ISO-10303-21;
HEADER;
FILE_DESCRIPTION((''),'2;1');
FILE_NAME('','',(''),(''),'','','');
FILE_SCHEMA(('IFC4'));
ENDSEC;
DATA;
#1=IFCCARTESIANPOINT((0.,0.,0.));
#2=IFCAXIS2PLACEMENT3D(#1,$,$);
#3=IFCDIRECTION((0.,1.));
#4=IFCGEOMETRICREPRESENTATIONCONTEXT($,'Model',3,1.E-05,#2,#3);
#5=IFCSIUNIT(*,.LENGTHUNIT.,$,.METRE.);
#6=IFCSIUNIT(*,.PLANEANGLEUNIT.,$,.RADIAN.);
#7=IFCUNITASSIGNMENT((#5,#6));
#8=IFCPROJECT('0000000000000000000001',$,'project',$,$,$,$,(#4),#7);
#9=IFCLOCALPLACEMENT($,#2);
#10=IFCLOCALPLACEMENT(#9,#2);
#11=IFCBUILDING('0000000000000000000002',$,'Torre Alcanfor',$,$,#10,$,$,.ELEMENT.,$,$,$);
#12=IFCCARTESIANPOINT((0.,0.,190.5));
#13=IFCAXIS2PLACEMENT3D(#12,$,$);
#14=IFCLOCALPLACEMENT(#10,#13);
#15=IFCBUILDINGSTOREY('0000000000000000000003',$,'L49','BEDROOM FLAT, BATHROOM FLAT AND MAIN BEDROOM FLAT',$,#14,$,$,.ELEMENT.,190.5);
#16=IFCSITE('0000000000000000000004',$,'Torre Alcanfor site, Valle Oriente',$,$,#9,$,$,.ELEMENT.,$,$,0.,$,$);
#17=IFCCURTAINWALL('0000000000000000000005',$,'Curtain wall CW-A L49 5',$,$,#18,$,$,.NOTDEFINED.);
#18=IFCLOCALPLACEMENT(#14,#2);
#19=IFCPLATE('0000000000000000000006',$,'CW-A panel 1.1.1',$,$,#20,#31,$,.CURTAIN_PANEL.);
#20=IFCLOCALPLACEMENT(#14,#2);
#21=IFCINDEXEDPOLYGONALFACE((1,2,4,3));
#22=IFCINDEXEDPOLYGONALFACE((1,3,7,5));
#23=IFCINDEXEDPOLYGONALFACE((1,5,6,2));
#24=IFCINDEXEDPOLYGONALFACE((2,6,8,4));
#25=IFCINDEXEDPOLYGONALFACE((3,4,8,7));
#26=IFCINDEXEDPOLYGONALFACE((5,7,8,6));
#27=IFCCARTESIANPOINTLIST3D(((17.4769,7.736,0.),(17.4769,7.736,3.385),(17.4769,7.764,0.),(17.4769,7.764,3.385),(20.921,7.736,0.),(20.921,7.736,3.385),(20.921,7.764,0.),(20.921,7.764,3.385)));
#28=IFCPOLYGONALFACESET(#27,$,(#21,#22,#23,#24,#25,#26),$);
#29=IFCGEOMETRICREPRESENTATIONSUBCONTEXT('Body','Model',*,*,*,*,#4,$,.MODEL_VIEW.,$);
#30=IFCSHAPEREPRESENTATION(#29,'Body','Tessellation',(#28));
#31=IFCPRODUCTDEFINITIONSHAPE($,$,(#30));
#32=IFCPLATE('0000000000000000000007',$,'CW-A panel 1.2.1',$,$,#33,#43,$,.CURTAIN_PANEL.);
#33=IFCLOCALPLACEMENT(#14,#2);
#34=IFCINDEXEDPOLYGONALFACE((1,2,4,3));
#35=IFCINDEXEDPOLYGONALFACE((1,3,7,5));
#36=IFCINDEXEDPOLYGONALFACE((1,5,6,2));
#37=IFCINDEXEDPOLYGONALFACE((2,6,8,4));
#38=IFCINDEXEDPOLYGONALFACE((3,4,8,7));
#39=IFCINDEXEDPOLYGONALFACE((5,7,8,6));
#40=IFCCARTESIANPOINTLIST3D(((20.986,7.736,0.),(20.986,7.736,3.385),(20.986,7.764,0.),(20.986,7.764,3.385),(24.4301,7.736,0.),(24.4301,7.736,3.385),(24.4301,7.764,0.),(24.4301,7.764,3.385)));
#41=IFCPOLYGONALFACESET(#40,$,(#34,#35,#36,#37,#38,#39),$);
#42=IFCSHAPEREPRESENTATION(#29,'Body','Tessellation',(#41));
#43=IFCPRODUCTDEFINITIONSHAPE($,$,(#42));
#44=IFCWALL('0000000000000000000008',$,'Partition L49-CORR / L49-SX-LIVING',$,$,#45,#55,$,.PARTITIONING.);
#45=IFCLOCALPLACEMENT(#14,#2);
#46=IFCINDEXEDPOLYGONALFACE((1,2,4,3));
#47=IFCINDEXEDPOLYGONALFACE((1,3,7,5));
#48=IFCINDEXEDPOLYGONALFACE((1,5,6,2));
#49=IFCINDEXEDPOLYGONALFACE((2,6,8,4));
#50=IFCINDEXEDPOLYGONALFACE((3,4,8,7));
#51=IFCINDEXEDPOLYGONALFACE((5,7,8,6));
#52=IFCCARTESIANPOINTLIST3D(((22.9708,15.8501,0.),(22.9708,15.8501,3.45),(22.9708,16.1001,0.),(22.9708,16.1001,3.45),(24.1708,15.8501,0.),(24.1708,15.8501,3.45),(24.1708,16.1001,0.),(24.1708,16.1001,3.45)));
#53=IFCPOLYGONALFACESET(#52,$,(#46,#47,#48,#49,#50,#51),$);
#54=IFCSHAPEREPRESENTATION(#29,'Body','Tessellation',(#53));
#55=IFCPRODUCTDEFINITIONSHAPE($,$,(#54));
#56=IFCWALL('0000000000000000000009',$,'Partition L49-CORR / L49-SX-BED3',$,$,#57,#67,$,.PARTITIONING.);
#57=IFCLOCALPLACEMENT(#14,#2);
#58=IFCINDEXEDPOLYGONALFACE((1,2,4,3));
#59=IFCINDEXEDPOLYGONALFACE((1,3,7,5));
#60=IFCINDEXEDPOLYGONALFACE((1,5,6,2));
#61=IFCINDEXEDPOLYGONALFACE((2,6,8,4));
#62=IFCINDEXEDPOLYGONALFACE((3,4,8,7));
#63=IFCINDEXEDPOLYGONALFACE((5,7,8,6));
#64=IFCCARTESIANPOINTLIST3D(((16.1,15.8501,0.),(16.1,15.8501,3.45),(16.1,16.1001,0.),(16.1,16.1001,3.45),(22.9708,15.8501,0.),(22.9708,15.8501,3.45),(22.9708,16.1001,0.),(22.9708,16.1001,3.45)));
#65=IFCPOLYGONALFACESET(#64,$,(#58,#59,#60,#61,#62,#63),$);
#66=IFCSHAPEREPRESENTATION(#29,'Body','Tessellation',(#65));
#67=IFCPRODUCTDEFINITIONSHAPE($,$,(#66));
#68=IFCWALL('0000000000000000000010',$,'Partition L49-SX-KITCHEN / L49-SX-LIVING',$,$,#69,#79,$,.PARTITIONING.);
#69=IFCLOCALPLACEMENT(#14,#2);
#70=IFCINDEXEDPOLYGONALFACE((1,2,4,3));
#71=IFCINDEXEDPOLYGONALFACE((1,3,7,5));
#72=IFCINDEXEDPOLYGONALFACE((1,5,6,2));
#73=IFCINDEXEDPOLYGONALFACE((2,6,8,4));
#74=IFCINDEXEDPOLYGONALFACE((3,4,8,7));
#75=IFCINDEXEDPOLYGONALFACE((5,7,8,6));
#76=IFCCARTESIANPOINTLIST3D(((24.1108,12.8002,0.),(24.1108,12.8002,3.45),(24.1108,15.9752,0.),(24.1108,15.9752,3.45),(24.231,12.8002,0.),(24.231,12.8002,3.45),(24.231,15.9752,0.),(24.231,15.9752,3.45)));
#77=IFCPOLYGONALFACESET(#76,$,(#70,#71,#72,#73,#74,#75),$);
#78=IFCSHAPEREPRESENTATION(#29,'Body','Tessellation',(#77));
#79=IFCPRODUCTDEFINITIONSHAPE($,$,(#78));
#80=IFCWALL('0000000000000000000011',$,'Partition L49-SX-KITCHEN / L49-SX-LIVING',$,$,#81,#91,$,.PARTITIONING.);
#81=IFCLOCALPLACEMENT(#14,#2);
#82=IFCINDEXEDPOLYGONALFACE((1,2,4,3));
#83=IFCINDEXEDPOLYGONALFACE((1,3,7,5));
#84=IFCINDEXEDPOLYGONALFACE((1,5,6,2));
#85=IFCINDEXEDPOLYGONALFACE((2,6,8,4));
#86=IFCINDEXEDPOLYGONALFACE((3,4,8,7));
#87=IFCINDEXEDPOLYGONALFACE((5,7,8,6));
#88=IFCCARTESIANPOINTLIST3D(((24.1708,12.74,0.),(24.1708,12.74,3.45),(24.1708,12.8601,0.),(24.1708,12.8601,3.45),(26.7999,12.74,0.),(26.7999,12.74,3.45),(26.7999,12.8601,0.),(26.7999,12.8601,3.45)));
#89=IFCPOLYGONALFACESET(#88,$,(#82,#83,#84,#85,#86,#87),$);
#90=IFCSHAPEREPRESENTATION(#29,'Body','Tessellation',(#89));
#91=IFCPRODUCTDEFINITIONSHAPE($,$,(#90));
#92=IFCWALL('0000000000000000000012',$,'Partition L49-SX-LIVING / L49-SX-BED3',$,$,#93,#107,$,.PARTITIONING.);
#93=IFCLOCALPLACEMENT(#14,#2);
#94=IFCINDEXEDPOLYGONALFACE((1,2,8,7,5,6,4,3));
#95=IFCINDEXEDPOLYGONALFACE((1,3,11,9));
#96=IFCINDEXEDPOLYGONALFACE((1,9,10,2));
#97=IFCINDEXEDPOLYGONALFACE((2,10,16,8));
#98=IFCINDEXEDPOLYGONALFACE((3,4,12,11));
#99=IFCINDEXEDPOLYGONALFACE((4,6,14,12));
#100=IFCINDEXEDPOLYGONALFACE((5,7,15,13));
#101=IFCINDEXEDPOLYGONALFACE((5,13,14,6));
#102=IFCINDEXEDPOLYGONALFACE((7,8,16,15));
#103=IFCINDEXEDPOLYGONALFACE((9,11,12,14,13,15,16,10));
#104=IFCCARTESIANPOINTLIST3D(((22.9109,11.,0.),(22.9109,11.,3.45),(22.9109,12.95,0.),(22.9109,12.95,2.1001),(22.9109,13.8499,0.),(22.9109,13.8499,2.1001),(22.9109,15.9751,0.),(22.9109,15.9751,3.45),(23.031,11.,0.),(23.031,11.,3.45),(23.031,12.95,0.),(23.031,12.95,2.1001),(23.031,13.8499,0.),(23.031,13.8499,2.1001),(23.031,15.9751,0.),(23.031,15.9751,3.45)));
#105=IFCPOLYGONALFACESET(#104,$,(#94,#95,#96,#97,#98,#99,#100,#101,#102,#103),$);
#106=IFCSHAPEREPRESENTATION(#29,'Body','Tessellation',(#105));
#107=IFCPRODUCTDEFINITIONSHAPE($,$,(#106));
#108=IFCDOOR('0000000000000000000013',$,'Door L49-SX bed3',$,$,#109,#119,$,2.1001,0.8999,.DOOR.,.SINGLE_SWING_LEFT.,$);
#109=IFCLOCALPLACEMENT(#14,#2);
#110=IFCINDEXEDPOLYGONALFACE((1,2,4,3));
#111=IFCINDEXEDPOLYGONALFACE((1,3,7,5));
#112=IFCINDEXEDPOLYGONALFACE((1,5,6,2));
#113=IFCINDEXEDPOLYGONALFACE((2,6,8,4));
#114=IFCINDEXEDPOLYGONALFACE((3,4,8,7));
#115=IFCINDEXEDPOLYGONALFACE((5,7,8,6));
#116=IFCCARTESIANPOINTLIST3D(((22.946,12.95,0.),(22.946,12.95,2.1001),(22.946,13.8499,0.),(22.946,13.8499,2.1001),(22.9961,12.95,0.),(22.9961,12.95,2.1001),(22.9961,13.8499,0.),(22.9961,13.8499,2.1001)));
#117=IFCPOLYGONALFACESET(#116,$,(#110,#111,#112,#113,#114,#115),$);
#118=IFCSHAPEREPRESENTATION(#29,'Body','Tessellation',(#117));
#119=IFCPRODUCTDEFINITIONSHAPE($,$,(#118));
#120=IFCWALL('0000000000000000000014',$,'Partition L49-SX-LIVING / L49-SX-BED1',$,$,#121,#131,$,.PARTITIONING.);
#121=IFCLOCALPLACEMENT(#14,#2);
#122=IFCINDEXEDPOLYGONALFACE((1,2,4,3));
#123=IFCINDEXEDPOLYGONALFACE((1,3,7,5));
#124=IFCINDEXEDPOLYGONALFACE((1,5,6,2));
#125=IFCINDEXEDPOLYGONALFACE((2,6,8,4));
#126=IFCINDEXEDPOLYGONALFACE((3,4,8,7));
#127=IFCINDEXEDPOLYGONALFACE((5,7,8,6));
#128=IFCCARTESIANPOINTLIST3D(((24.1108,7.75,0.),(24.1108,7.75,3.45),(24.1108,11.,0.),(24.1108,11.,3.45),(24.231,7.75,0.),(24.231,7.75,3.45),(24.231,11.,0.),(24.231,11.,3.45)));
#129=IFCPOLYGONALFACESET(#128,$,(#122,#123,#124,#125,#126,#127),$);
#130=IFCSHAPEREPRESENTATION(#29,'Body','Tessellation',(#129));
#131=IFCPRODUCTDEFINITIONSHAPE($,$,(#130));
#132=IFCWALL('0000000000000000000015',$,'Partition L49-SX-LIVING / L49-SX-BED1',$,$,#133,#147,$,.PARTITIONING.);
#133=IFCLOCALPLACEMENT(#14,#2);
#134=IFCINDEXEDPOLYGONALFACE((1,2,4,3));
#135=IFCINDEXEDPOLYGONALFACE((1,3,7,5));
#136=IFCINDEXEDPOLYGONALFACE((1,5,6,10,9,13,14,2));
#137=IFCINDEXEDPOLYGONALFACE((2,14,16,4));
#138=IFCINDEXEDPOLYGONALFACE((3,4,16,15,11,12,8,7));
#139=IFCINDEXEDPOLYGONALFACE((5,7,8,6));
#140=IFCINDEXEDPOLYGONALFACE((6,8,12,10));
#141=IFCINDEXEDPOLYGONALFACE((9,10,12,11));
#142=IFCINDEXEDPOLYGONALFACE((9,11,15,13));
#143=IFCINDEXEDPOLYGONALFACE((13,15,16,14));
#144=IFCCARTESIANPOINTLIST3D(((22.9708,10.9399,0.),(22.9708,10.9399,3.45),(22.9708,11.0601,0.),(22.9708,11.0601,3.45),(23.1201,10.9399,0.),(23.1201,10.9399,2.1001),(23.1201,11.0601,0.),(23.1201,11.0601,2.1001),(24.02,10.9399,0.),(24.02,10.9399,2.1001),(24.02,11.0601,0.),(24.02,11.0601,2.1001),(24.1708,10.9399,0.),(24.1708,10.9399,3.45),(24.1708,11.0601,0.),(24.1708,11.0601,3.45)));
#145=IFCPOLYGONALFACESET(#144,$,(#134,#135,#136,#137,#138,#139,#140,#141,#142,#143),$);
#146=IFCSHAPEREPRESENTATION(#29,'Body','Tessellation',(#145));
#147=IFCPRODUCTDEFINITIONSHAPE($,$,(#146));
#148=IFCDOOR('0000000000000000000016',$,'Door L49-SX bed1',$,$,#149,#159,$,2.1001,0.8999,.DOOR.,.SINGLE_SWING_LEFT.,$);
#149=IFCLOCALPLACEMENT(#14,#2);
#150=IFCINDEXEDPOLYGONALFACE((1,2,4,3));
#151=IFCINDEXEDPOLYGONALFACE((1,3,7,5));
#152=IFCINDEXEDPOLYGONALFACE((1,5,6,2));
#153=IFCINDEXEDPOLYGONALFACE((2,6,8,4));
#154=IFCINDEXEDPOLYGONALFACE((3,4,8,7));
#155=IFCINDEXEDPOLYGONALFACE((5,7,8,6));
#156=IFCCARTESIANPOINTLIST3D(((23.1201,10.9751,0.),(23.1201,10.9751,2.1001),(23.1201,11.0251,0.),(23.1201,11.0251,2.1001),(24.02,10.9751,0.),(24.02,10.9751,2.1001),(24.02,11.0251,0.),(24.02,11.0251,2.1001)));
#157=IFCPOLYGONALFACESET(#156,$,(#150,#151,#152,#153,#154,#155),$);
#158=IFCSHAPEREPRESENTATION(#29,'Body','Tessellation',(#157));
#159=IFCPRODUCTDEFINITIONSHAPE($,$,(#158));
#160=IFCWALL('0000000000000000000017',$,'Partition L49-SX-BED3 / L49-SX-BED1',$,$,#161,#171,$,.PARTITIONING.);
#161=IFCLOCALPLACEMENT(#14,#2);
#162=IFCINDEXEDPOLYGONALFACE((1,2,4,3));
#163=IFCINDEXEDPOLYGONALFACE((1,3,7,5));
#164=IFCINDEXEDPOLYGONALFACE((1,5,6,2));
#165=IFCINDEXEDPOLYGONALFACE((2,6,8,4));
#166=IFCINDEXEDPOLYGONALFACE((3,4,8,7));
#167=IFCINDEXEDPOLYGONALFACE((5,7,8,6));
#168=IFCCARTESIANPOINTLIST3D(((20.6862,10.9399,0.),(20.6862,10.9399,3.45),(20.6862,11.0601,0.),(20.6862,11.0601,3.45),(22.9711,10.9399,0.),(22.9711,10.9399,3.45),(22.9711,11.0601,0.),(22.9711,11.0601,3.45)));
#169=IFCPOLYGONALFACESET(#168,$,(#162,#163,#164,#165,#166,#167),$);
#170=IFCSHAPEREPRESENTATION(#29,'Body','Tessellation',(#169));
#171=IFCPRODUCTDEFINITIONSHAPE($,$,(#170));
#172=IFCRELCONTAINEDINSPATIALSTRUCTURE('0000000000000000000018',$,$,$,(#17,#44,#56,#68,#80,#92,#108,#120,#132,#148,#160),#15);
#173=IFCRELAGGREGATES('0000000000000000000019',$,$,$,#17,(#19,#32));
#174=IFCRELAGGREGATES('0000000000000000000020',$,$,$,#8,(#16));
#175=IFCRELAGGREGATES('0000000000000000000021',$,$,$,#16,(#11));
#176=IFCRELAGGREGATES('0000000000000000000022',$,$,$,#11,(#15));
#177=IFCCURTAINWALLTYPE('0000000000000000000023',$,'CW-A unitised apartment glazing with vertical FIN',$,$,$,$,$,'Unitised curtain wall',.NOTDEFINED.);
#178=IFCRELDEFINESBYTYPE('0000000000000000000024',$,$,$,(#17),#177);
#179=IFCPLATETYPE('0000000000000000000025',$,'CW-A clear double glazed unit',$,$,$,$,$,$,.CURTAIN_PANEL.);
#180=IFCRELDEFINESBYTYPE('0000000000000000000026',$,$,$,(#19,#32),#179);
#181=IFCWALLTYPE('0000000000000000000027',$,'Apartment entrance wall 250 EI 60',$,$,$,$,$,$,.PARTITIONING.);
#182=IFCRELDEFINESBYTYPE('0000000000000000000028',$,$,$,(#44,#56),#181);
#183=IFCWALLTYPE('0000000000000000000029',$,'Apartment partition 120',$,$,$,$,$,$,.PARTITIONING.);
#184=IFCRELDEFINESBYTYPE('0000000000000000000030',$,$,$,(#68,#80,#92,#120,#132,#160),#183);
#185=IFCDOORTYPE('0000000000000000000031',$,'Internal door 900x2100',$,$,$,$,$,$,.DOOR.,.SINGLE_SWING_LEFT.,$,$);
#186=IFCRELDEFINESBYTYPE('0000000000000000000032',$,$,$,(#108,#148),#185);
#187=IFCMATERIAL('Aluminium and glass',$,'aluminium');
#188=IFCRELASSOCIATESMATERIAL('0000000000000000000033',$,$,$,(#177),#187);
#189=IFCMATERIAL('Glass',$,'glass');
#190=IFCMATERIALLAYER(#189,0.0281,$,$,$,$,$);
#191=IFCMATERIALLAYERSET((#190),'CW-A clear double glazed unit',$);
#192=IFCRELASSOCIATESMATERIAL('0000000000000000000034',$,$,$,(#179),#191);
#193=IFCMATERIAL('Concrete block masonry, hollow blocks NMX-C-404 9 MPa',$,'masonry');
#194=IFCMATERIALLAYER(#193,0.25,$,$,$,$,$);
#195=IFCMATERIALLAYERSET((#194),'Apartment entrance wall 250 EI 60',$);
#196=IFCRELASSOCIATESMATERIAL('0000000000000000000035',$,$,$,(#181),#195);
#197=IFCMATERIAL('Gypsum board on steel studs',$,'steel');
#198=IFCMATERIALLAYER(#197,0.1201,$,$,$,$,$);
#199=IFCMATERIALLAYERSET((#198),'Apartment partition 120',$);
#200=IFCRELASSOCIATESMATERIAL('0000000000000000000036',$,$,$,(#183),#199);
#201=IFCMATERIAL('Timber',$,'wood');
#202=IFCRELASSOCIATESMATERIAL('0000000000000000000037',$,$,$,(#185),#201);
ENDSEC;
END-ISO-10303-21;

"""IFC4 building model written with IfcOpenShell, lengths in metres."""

from ifc_helpers import new_model, si_unit, direction, frame, frame_2d, origin, origin_2d, place, context, subcontext, project, spatial, rectangle, extrude, material, layer, layer_set, type_object, element, fill, aggregate, save


model = new_model("IFC4")

# Units and contexts
model_context = context("Model", 3, precision=1e-05, world=origin(), true_north=direction((0.0, 1.0)))
body_context = subcontext(model_context, "Body", "Model", "MODEL_VIEW")
ifc_project = project(units=[si_unit("LENGTHUNIT", "METRE"), si_unit("PLANEANGLEUNIT", "RADIAN")], contexts=[model_context])

# Site, building, storey
site_placement = place(None, origin())
site = spatial("IfcSite", under=ifc_project, at=site_placement, Name="Torre Alcanfor site, Valle Oriente", CompositionType="ELEMENT", RefElevation=0.0)
building_placement = place(site_placement, origin())
building = spatial("IfcBuilding", under=site, at=building_placement, Name="Torre Alcanfor", CompositionType="ELEMENT")
storey_placement = place(building_placement, frame((0.0, 0.0, 190.5)))
storey = spatial("IfcBuildingStorey", under=building, at=storey_placement, Name="L49", Description="BEDROOM FLAT, BATHROOM FLAT AND MAIN BEDROOM FLAT", CompositionType="ELEMENT", Elevation=190.5)

# Curtain wall
ifc_material_1 = material(Name="Aluminium and glass", Category="aluminium")
curtain_wall_type = type_object("IfcCurtainWallType", Name="CW-A unitised apartment glazing with vertical FIN", ElementType="Unitised curtain wall", PredefinedType="NOTDEFINED", material=ifc_material_1)
curtain_wall_placement = place(storey_placement, origin())
curtain_wall = element("IfcCurtainWall", 1, at=curtain_wall_placement, inside=storey, type_object=curtain_wall_type, Name="Curtain wall CW-A L49 5", PredefinedType="NOTDEFINED")

# Plates
ifc_material_2 = material(Name="Glass", Category="glass")
ifc_layer_1 = layer(ifc_material_2, 0.0281)
ifc_layer_set_1 = layer_set([ifc_layer_1], Name="CW-A clear double glazed unit")
plate_type = type_object("IfcPlateType", Name="CW-A clear double glazed unit", PredefinedType="CURTAIN_PANEL", material=ifc_layer_set_1)
plate_1_placement = place(storey_placement, frame((19.199, 7.75, 0.0), z_axis=(0.0, 0.0, 1.0), x_axis=(1.0, 0.0, 0.0)))
plate_1 = element("IfcPlate", 2, at=plate_1_placement, type_object=plate_type, Name="CW-A panel 1.1.1", PredefinedType="CURTAIN_PANEL", context=body_context, shape_type="SweptSolid", body=[
    extrude(rectangle(XDim=3.4441, YDim=0.0281, at=origin_2d()), origin(), (0.0, 0.0, 1.0), 3.385),
])
plate_2_placement = place(storey_placement, frame((22.708, 7.75, 0.0), z_axis=(0.0, 0.0, 1.0), x_axis=(1.0, 0.0, 0.0)))
plate_2 = element("IfcPlate", 3, at=plate_2_placement, type_object=plate_type, Name="CW-A panel 1.2.1", PredefinedType="CURTAIN_PANEL", context=body_context, shape_type="SweptSolid", body=[
    extrude(rectangle(XDim=3.4441, YDim=0.0281, at=origin_2d()), origin(), (0.0, 0.0, 1.0), 3.385),
])
aggregate(curtain_wall, [plate_1, plate_2])

# Walls
ifc_material_3 = material(Name="Concrete block masonry, hollow blocks NMX-C-404 9 MPa", Category="masonry")
ifc_layer_2 = layer(ifc_material_3, 0.25)
ifc_layer_set_2 = layer_set([ifc_layer_2], Name="Apartment entrance wall 250 EI 60")
wall_type_1 = type_object("IfcWallType", Name="Apartment entrance wall 250 EI 60", PredefinedType="PARTITIONING", material=ifc_layer_set_2)
wall_1_placement = place(storey_placement, frame((24.1709, 15.9751, 0.0), z_axis=(0.0, 0.0, 1.0), x_axis=(-1.0, 0.0, 0.0)))
element("IfcWall", 4, at=wall_1_placement, inside=storey, type_object=wall_type_1, Name="Partition L49-CORR / L49-SX-LIVING", PredefinedType="PARTITIONING", context=body_context, shape_type="SweptSolid", body=[
    extrude(rectangle(XDim=1.2, YDim=0.25, at=frame_2d((0.6001, 0.0))), origin(), (0.0, 0.0, 1.0), 3.45),
])
wall_2_placement = place(storey_placement, frame((22.9709, 15.9751, 0.0), z_axis=(0.0, 0.0, 1.0), x_axis=(-1.0, 0.0, 0.0)))
element("IfcWall", 5, at=wall_2_placement, inside=storey, type_object=wall_type_1, Name="Partition L49-CORR / L49-SX-BED3", PredefinedType="PARTITIONING", context=body_context, shape_type="SweptSolid", body=[
    extrude(rectangle(XDim=6.8708, YDim=0.25, at=frame_2d((3.4355, 0.0))), origin(), (0.0, 0.0, 1.0), 3.45),
])
ifc_material_4 = material(Name="Gypsum board on steel studs", Category="steel")
ifc_layer_3 = layer(ifc_material_4, 0.1201)
ifc_layer_set_3 = layer_set([ifc_layer_3], Name="Apartment partition 120")
wall_type_2 = type_object("IfcWallType", Name="Apartment partition 120", PredefinedType="PARTITIONING", material=ifc_layer_set_3)
wall_3_placement = place(storey_placement, frame((24.1709, 15.9751, 0.0), z_axis=(0.0, 0.0, 1.0), x_axis=(0.0, -1.0, 0.0)))
element("IfcWall", 6, at=wall_3_placement, inside=storey, type_object=wall_type_2, Name="Partition L49-SX-KITCHEN / L49-SX-LIVING", PredefinedType="PARTITIONING", context=body_context, shape_type="SweptSolid", body=[
    extrude(rectangle(XDim=3.175, YDim=0.1201, at=frame_2d((1.5874, 0.0))), origin(), (0.0, 0.0, 1.0), 3.45),
])
wall_4_placement = place(storey_placement, frame((24.1709, 12.8, 0.0), z_axis=(0.0, 0.0, 1.0), x_axis=(1.0, 0.0, 0.0)))
element("IfcWall", 7, at=wall_4_placement, inside=storey, type_object=wall_type_2, Name="Partition L49-SX-KITCHEN / L49-SX-LIVING", PredefinedType="PARTITIONING", context=body_context, shape_type="SweptSolid", body=[
    extrude(rectangle(XDim=2.6292, YDim=0.1201, at=frame_2d((1.3145, 0.0))), origin(), (0.0, 0.0, 1.0), 3.45),
])

# Wall, opening, door
wall_5_placement = place(storey_placement, frame((22.9709, 11.0, 0.0), z_axis=(0.0, 0.0, 1.0), x_axis=(0.0, 1.0, 0.0)))
wall_5 = element("IfcWall", 8, at=wall_5_placement, inside=storey, type_object=wall_type_2, Name="Partition L49-SX-LIVING / L49-SX-BED3", PredefinedType="PARTITIONING", context=body_context, shape_type="SweptSolid", body=[
    extrude(rectangle(XDim=4.9751, YDim=0.1201, at=frame_2d((2.4875, 0.0))), origin(), (0.0, 0.0, 1.0), 3.45),
])
opening_1_placement = place(wall_5_placement, frame((1.95, 0.0, 0.0)))
opening_1 = element("IfcOpeningElement", 9, at=opening_1_placement, cuts=wall_5, PredefinedType="OPENING", context=body_context, shape_type="SweptSolid", body=[
    extrude(rectangle(XDim=0.8999, YDim=2.1001, at=frame_2d((0.45, 1.05))), frame((0.0, 0.0701, 0.0), z_axis=(0.0, -1.0, 0.0), x_axis=(1.0, 0.0, 0.0)), (0.0, 0.0, 1.0), 0.1401),
])
ifc_material_5 = material(Name="Timber", Category="wood")
door_type_1 = type_object("IfcDoorType", Name="Internal door 900x2100", OperationType="SINGLE_SWING_LEFT", PredefinedType="DOOR", material=ifc_material_5)
door_1_placement = place(opening_1_placement, origin())
door_1 = element("IfcDoor", 10, at=door_1_placement, inside=storey, type_object=door_type_1, Name="Door L49-SX bed3", OperationType="SINGLE_SWING_LEFT", OverallHeight=2.1001, OverallWidth=0.8999, PredefinedType="DOOR", context=body_context, shape_type="SweptSolid", body=[
    extrude(rectangle(XDim=0.8999, YDim=2.1001, at=frame_2d((0.45, 1.05))), frame((0.0, 0.0249, 0.0), z_axis=(0.0, -1.0, 0.0), x_axis=(1.0, 0.0, 0.0)), (0.0, 0.0, 1.0), 0.05),
])
fill(opening_1, door_1)

# Wall
wall_6_placement = place(storey_placement, frame((24.1709, 7.75, 0.0), z_axis=(0.0, 0.0, 1.0), x_axis=(0.0, 1.0, 0.0)))
element("IfcWall", 11, at=wall_6_placement, inside=storey, type_object=wall_type_2, Name="Partition L49-SX-LIVING / L49-SX-BED1", PredefinedType="PARTITIONING", context=body_context, shape_type="SweptSolid", body=[
    extrude(rectangle(XDim=3.25, YDim=0.1201, at=frame_2d((1.625, 0.0))), origin(), (0.0, 0.0, 1.0), 3.45),
])

# Wall, opening, door
wall_7_placement = place(storey_placement, frame((24.1709, 11.0, 0.0), z_axis=(0.0, 0.0, 1.0), x_axis=(-1.0, 0.0, 0.0)))
wall_7 = element("IfcWall", 12, at=wall_7_placement, inside=storey, type_object=wall_type_2, Name="Partition L49-SX-LIVING / L49-SX-BED1", PredefinedType="PARTITIONING", context=body_context, shape_type="SweptSolid", body=[
    extrude(rectangle(XDim=1.2, YDim=0.1201, at=frame_2d((0.6001, 0.0))), origin(), (0.0, 0.0, 1.0), 3.45),
])
opening_2_placement = place(wall_7_placement, frame((0.1509, 0.0, 0.0)))
opening_2 = element("IfcOpeningElement", 13, at=opening_2_placement, cuts=wall_7, PredefinedType="OPENING", context=body_context, shape_type="SweptSolid", body=[
    extrude(rectangle(XDim=0.8999, YDim=2.1001, at=frame_2d((0.45, 1.05))), frame((0.0, 0.0701, 0.0), z_axis=(0.0, -1.0, 0.0), x_axis=(1.0, 0.0, 0.0)), (0.0, 0.0, 1.0), 0.1401),
])
door_2_placement = place(opening_2_placement, origin())
door_2 = element("IfcDoor", 14, at=door_2_placement, inside=storey, type_object=door_type_1, Name="Door L49-SX bed1", OperationType="SINGLE_SWING_LEFT", OverallHeight=2.1001, OverallWidth=0.8999, PredefinedType="DOOR", context=body_context, shape_type="SweptSolid", body=[
    extrude(rectangle(XDim=0.8999, YDim=2.1001, at=frame_2d((0.45, 1.05))), frame((0.0, 0.0249, 0.0), z_axis=(0.0, -1.0, 0.0), x_axis=(1.0, 0.0, 0.0)), (0.0, 0.0, 1.0), 0.05),
])
fill(opening_2, door_2)

# Wall
wall_8_placement = place(storey_placement, frame((20.686, 11.0, 0.0), z_axis=(0.0, 0.0, 1.0), x_axis=(1.0, 0.0, 0.0)))
element("IfcWall", 15, at=wall_8_placement, inside=storey, type_object=wall_type_2, Name="Partition L49-SX-BED3 / L49-SX-BED1", PredefinedType="PARTITIONING", context=body_context, shape_type="SweptSolid", body=[
    extrude(rectangle(XDim=2.2849, YDim=0.1201, at=frame_2d((1.1426, 0.0))), origin(), (0.0, 0.0, 1.0), 3.45),
])

save(model, "model.ifc")
